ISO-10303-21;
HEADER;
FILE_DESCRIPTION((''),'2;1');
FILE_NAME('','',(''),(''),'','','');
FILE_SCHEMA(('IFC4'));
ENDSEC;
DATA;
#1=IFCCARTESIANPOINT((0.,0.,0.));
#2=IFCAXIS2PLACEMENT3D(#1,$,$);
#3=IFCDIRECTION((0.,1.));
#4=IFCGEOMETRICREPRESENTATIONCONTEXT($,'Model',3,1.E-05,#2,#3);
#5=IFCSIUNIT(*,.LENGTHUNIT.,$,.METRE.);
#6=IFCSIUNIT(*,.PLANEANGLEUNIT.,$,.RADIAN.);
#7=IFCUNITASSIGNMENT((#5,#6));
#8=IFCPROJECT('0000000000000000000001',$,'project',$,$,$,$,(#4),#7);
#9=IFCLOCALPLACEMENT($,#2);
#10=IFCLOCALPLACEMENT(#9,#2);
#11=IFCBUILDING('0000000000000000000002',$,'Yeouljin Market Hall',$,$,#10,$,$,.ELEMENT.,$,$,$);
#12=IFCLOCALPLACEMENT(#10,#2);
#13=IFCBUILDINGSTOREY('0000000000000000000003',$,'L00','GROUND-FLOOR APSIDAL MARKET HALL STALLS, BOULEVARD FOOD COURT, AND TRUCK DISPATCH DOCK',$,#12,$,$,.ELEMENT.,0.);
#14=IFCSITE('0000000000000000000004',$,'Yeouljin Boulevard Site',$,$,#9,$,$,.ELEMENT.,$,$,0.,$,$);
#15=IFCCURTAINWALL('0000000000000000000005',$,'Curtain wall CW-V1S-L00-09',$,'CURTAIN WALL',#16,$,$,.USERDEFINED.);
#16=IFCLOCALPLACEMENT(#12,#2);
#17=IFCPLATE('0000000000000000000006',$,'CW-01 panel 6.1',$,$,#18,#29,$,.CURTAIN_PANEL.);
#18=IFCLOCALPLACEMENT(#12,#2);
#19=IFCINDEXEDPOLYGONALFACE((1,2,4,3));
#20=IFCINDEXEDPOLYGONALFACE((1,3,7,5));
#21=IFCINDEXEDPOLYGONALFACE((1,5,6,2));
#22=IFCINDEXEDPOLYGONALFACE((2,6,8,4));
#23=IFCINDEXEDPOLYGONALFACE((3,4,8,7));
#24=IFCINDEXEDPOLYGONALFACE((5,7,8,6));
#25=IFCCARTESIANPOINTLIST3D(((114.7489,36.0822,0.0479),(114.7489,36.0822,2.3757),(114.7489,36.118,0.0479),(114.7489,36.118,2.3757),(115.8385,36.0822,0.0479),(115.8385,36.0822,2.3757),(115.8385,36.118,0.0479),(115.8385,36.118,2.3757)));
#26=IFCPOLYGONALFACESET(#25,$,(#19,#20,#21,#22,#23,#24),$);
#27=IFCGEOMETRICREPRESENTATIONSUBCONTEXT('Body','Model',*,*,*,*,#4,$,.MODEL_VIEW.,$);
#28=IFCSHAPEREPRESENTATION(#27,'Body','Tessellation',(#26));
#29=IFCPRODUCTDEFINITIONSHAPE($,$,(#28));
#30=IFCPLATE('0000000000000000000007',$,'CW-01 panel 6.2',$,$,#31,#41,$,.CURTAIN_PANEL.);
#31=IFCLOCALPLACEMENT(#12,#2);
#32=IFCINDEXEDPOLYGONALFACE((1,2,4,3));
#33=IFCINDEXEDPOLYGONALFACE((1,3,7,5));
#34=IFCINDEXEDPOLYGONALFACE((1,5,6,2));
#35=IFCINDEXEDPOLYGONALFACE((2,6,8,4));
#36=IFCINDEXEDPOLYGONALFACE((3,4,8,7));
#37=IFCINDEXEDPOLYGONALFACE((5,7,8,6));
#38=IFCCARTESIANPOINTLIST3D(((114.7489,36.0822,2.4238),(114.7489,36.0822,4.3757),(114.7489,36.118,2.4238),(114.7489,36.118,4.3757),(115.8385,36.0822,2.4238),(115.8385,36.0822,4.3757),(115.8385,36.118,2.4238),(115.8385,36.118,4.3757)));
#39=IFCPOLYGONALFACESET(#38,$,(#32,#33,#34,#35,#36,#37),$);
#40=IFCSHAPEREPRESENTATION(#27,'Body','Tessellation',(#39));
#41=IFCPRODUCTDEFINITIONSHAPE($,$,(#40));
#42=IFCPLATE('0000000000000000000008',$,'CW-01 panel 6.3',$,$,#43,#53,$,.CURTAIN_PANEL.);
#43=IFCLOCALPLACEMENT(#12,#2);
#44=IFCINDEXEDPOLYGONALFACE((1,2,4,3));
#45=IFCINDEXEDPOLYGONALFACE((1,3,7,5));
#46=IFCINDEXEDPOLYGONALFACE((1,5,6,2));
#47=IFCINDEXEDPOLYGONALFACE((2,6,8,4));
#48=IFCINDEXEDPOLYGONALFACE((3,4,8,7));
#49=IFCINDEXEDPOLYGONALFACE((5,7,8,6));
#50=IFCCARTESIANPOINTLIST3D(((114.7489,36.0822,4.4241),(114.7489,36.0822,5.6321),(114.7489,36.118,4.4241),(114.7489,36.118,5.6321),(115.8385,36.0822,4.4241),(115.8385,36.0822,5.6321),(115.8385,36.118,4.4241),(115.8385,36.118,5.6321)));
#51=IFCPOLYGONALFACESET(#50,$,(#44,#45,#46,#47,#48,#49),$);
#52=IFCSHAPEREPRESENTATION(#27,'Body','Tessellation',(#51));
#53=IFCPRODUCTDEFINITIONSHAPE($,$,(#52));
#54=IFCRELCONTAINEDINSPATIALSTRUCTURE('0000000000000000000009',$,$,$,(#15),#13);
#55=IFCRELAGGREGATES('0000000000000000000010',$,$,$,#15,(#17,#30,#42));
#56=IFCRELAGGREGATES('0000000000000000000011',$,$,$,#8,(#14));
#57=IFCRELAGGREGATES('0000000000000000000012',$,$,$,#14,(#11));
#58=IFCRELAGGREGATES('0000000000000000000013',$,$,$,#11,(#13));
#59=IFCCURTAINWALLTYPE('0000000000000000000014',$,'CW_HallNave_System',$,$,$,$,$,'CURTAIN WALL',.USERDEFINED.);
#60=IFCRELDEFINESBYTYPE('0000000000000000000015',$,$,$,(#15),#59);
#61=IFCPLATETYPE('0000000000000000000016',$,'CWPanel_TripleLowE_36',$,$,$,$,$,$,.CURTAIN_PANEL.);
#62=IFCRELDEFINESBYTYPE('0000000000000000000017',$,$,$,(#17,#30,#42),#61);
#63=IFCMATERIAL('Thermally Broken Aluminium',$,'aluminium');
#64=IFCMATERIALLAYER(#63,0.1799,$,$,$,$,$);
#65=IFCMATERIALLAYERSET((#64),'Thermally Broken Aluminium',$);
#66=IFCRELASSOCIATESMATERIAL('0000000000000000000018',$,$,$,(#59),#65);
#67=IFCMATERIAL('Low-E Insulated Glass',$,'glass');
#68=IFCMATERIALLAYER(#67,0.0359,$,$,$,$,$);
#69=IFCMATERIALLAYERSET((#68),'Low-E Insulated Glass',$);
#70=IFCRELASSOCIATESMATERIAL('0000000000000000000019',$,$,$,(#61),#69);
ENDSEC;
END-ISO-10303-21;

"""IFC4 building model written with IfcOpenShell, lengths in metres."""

from ifc_helpers import new_model, si_unit, direction, frame, origin, origin_2d, place, context, subcontext, project, spatial, rectangle, extrude, material, layer, layer_set, type_object, element, aggregate, save


model = new_model("IFC4")

# Units and contexts
model_context = context("Model", 3, precision=1e-05, world=origin(), true_north=direction((0.0, 1.0)))
body_context = subcontext(model_context, "Body", "Model", "MODEL_VIEW")
ifc_project = project(units=[si_unit("LENGTHUNIT", "METRE"), si_unit("PLANEANGLEUNIT", "RADIAN")], contexts=[model_context])

# Site, building, storey
site_placement = place(None, origin())
site = spatial("IfcSite", under=ifc_project, at=site_placement, Name="Yeouljin Boulevard Site", CompositionType="ELEMENT", RefElevation=0.0)
building_placement = place(site_placement, origin())
building = spatial("IfcBuilding", under=site, at=building_placement, Name="Yeouljin Market Hall", CompositionType="ELEMENT")
storey_placement = place(building_placement, origin())
storey = spatial("IfcBuildingStorey", under=building, at=storey_placement, Name="L00", Description="GROUND-FLOOR APSIDAL MARKET HALL STALLS, BOULEVARD FOOD COURT, AND TRUCK DISPATCH DOCK", CompositionType="ELEMENT", Elevation=0.0)

# Curtain wall, plates
ifc_material_1 = material(Name="Thermally Broken Aluminium", Category="aluminium")
ifc_layer_1 = layer(ifc_material_1, 0.1799)
ifc_layer_set_1 = layer_set([ifc_layer_1], Name="Thermally Broken Aluminium")
curtain_wall_type = type_object("IfcCurtainWallType", Name="CW_HallNave_System", ElementType="CURTAIN WALL", PredefinedType="USERDEFINED", material=ifc_layer_set_1)
curtain_wall_placement = place(storey_placement, origin())
curtain_wall = element("IfcCurtainWall", 1, at=curtain_wall_placement, inside=storey, type_object=curtain_wall_type, Name="Curtain wall CW-V1S-L00-09", ObjectType="CURTAIN WALL", PredefinedType="USERDEFINED")
ifc_material_2 = material(Name="Low-E Insulated Glass", Category="glass")
ifc_layer_2 = layer(ifc_material_2, 0.0359)
ifc_layer_set_2 = layer_set([ifc_layer_2], Name="Low-E Insulated Glass")
plate_type = type_object("IfcPlateType", Name="CWPanel_TripleLowE_36", PredefinedType="CURTAIN_PANEL", material=ifc_layer_set_2)
plate_1_placement = place(storey_placement, frame((115.2937, 36.1001, 0.0479), z_axis=(0.0, 0.0, 1.0), x_axis=(-1.0, 0.0, 0.0)))
plate_1 = element("IfcPlate", 2, at=plate_1_placement, type_object=plate_type, Name="CW-01 panel 6.1", PredefinedType="CURTAIN_PANEL", context=body_context, shape_type="SweptSolid", body=[
    extrude(rectangle(XDim=1.0896, YDim=0.0359, at=origin_2d()), origin(), (0.0, 0.0, 1.0), 2.3279),
])
plate_2_placement = place(storey_placement, frame((115.2937, 36.1001, 2.4238), z_axis=(0.0, 0.0, 1.0), x_axis=(-1.0, 0.0, 0.0)))
plate_2 = element("IfcPlate", 3, at=plate_2_placement, type_object=plate_type, Name="CW-01 panel 6.2", PredefinedType="CURTAIN_PANEL", context=body_context, shape_type="SweptSolid", body=[
    extrude(rectangle(XDim=1.0896, YDim=0.0359, at=origin_2d()), origin(), (0.0, 0.0, 1.0), 1.9519),
])
plate_3_placement = place(storey_placement, frame((115.2937, 36.1001, 4.4241), z_axis=(0.0, 0.0, 1.0), x_axis=(-1.0, 0.0, 0.0)))
plate_3 = element("IfcPlate", 4, at=plate_3_placement, type_object=plate_type, Name="CW-01 panel 6.3", PredefinedType="CURTAIN_PANEL", context=body_context, shape_type="SweptSolid", body=[
    extrude(rectangle(XDim=1.0896, YDim=0.0359, at=origin_2d()), origin(), (0.0, 0.0, 1.0), 1.208),
])
aggregate(curtain_wall, [plate_1, plate_2, plate_3])

save(model, "model.ifc")
